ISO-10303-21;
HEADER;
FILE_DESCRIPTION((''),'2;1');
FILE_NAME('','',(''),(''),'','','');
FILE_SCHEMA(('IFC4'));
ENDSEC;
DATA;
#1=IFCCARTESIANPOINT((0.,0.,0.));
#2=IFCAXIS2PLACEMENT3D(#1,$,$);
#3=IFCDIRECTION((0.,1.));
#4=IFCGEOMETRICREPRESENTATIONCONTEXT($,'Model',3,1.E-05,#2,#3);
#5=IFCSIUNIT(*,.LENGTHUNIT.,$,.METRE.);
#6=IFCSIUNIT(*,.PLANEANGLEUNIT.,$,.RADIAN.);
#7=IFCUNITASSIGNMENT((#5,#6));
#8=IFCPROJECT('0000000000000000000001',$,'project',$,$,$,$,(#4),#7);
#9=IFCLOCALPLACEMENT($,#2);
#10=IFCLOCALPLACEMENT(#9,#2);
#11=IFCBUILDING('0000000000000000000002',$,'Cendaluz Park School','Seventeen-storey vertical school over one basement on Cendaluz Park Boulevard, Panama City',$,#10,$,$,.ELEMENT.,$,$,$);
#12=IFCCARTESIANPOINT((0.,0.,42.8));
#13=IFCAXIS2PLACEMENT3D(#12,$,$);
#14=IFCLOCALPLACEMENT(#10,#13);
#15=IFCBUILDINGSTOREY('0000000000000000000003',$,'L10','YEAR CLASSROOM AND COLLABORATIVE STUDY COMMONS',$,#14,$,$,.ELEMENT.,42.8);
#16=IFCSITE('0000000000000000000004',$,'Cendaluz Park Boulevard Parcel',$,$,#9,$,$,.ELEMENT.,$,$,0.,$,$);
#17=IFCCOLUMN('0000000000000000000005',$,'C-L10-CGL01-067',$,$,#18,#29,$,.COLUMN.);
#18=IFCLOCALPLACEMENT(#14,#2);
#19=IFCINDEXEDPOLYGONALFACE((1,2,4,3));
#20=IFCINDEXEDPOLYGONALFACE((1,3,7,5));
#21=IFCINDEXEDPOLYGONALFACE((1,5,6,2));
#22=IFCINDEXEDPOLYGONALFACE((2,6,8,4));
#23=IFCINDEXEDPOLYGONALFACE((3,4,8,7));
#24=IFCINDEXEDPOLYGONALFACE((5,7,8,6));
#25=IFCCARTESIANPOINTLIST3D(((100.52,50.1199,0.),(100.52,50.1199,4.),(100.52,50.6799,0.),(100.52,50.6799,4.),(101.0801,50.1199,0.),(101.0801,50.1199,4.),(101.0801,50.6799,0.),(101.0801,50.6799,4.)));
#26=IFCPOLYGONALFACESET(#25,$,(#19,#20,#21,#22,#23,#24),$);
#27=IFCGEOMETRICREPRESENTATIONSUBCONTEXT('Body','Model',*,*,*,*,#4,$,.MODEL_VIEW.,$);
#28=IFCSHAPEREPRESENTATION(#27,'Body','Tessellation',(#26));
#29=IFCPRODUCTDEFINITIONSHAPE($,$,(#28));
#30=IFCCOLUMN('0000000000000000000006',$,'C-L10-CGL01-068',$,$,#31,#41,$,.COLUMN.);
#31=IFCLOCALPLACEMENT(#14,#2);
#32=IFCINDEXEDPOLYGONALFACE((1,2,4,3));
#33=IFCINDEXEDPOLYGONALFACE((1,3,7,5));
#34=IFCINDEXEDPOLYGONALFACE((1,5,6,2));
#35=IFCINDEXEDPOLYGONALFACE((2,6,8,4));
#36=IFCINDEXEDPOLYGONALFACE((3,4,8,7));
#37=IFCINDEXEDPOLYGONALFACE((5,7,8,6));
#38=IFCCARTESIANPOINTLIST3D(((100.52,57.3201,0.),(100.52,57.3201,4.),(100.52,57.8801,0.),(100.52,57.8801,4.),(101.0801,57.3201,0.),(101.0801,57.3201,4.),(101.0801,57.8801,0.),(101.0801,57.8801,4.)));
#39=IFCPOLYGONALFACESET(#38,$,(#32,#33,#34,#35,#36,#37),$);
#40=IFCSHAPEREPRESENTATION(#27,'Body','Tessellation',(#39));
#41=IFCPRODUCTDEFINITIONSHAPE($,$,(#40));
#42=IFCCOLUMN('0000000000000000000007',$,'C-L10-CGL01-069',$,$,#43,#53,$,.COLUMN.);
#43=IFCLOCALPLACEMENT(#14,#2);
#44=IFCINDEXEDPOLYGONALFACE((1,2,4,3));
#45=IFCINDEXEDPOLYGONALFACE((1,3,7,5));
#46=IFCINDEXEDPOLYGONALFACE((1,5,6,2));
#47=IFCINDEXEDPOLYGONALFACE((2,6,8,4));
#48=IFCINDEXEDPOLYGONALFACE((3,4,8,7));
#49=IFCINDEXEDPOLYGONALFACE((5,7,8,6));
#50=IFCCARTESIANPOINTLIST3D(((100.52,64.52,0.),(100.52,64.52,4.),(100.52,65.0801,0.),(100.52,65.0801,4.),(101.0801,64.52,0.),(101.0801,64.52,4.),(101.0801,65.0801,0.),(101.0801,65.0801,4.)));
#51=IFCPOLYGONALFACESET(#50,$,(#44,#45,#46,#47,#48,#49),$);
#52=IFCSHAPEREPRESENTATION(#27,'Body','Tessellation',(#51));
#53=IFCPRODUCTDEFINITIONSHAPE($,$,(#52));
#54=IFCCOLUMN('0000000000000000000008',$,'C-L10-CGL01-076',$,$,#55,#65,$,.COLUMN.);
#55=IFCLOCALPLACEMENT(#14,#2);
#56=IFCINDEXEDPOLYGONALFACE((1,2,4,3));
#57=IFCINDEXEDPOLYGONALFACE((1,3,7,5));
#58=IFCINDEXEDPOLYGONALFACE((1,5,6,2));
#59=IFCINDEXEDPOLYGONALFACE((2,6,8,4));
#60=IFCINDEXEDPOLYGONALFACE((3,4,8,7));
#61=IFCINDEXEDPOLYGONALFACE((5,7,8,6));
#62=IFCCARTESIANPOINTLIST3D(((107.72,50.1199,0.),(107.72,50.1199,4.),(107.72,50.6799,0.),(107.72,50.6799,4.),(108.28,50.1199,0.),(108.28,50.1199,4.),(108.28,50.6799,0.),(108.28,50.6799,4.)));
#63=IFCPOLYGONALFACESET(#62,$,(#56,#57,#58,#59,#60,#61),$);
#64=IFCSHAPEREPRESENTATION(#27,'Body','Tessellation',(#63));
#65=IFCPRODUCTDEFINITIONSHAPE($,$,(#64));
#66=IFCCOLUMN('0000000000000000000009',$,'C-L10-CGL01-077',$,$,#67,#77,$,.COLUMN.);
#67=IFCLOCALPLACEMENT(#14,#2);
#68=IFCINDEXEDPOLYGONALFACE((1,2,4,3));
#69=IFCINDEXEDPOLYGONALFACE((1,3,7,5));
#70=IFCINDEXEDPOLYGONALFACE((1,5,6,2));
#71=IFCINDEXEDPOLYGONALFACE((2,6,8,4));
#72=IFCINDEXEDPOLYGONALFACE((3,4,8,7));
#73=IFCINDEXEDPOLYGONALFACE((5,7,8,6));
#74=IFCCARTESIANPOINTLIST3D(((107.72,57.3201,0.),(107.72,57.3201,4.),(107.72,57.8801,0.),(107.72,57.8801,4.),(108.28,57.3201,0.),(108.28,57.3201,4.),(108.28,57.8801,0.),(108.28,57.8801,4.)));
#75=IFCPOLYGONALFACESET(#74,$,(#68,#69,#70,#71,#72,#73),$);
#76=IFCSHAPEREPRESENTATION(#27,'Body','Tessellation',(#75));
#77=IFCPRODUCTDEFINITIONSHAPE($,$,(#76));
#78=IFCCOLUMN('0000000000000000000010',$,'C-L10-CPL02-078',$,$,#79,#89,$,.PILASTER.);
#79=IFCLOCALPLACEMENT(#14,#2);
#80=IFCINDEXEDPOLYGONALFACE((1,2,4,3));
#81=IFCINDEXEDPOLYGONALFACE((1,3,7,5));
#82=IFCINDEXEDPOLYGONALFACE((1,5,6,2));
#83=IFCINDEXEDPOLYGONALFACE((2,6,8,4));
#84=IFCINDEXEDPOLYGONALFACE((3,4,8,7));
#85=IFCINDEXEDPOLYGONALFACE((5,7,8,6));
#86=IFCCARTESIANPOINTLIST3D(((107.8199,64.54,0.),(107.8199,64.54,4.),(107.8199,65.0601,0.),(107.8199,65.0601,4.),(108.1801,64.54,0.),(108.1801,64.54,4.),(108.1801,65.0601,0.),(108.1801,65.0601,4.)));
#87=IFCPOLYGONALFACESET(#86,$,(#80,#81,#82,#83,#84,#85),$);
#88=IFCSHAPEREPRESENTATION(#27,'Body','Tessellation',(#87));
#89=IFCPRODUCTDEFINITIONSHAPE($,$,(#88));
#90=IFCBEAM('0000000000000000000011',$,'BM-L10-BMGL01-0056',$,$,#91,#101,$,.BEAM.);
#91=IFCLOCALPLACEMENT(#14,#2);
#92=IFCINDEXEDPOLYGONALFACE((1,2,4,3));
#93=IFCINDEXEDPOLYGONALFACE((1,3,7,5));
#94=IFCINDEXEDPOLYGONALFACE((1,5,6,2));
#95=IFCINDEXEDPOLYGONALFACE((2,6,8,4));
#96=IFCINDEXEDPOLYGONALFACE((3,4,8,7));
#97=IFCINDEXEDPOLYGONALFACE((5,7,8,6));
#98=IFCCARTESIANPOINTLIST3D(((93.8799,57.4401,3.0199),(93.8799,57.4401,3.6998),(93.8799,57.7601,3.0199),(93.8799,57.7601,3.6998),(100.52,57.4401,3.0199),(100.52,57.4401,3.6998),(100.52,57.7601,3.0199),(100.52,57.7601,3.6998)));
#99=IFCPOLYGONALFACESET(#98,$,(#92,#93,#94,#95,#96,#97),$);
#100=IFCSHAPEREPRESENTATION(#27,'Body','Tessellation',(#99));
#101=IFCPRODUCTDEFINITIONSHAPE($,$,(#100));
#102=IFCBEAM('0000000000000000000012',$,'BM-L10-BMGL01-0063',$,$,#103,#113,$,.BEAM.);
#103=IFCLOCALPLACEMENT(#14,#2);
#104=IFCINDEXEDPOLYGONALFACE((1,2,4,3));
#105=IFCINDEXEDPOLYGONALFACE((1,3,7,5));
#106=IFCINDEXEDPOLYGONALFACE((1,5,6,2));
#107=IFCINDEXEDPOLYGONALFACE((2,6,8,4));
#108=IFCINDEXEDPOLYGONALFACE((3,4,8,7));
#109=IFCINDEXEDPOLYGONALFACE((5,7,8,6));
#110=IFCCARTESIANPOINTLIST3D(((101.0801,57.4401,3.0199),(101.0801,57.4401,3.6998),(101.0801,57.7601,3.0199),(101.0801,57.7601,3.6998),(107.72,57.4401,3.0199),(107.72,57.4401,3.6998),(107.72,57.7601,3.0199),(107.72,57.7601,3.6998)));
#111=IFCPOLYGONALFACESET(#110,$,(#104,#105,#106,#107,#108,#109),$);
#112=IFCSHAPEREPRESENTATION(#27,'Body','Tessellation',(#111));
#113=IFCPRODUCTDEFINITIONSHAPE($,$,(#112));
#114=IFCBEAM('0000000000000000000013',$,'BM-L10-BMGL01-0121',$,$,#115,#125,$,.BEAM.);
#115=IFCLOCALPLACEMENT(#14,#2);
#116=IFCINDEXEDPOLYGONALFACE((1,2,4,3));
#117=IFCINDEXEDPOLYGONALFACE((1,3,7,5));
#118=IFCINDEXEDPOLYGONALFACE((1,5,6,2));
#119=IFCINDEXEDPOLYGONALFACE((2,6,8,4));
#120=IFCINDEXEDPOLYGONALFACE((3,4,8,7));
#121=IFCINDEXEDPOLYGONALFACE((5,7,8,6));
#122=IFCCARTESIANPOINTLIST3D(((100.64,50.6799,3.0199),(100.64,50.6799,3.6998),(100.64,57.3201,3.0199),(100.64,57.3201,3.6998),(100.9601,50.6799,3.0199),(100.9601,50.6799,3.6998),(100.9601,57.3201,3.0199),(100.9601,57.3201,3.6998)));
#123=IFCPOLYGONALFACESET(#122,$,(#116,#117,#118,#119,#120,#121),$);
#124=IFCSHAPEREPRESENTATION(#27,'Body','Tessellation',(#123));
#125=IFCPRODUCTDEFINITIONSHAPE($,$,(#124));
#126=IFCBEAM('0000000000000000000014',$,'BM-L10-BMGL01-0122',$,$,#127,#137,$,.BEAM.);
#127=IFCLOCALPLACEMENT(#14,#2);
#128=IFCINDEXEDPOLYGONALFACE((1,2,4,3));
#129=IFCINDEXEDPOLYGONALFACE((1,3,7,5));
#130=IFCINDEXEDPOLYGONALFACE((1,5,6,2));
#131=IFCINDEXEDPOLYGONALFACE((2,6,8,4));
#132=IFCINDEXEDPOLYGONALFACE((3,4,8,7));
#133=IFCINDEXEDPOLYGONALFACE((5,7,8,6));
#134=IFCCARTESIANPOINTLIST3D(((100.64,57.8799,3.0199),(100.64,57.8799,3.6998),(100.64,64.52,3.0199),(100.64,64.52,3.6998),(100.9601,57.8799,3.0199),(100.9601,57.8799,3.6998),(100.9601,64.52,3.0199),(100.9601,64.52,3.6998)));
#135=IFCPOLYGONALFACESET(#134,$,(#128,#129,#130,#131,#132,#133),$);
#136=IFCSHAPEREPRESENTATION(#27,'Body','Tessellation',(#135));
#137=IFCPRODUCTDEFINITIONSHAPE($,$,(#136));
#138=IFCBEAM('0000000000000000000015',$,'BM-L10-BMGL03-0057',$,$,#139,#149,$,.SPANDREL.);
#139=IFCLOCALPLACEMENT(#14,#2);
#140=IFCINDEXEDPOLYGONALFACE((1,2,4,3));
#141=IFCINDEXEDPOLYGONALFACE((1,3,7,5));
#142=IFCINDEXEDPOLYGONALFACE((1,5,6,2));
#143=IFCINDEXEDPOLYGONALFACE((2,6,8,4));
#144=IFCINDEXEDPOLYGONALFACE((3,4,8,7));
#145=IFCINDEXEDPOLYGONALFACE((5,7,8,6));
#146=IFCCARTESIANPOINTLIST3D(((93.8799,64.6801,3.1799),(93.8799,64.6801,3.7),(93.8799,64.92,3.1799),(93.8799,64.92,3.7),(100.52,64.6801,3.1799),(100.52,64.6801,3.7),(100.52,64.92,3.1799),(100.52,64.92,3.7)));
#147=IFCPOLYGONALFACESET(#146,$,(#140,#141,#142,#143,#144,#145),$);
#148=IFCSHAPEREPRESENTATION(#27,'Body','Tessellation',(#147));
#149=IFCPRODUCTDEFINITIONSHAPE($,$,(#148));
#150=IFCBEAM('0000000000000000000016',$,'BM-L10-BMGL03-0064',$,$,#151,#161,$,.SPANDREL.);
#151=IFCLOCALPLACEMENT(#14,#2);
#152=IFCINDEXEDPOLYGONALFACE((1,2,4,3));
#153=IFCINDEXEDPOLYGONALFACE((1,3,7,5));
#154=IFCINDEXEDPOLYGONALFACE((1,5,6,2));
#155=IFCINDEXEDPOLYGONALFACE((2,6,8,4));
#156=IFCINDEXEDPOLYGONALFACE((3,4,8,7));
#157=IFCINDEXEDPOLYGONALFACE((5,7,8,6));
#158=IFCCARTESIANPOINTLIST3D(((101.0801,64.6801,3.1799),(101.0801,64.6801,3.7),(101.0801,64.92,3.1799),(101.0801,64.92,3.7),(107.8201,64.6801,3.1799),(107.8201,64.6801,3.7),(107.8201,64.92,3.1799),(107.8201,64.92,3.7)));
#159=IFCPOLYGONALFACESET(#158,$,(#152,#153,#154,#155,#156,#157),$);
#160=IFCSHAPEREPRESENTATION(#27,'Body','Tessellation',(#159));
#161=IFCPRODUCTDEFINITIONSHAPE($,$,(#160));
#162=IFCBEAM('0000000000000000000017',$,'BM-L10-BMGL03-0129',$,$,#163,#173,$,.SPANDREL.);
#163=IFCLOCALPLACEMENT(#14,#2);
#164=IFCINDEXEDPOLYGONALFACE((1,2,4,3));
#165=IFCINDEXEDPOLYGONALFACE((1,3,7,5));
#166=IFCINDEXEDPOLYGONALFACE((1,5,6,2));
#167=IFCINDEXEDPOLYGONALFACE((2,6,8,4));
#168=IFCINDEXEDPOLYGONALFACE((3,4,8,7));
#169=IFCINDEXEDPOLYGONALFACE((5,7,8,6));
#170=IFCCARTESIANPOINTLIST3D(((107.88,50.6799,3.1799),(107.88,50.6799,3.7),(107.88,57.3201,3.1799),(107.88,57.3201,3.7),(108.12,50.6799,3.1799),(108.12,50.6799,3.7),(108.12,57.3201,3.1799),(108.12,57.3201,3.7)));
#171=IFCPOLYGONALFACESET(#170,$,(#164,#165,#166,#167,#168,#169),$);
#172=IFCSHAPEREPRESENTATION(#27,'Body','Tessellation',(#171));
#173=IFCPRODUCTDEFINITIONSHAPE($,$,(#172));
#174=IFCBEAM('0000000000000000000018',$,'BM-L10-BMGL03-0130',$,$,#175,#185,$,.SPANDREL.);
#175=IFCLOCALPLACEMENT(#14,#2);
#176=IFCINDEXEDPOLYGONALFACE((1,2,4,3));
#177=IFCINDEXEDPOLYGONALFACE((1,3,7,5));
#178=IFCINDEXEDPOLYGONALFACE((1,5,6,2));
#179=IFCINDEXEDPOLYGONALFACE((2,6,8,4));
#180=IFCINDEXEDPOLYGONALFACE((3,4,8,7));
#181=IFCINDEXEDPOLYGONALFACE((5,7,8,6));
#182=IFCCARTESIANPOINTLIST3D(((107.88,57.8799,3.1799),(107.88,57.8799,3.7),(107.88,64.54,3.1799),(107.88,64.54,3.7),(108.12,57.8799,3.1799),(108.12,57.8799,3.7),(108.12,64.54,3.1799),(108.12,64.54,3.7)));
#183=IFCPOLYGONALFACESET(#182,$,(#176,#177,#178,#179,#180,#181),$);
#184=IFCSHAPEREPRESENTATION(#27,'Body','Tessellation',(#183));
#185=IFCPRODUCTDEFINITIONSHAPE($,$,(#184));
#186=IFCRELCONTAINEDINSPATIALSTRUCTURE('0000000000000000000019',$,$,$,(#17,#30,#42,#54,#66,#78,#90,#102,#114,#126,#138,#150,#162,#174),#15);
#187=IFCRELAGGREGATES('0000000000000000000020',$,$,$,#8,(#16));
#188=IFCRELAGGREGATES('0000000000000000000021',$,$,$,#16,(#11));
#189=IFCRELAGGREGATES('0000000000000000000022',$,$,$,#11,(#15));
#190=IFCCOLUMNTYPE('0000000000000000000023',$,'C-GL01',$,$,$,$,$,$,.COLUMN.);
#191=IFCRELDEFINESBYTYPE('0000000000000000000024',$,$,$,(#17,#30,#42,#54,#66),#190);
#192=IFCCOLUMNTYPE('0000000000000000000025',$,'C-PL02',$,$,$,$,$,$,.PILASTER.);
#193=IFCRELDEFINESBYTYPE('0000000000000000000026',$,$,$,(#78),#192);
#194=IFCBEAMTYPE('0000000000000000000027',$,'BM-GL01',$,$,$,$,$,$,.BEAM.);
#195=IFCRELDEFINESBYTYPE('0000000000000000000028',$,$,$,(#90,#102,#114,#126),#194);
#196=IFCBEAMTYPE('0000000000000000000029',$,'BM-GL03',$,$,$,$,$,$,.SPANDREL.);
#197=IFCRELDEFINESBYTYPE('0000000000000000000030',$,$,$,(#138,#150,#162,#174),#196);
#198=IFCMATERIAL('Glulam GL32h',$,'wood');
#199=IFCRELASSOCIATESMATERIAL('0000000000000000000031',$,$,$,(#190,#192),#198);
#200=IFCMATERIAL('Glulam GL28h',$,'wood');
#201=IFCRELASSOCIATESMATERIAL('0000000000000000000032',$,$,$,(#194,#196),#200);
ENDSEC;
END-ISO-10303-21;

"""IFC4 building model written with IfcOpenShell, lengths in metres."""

from ifc_helpers import new_model, si_unit, direction, frame, origin, origin_2d, place, context, subcontext, project, spatial, rectangle, extrude, material, material_profile, profile_set, type_object, element, save


model = new_model("IFC4")

# Units and contexts
model_context = context("Model", 3, precision=1e-05, world=origin(), true_north=direction((0.0, 1.0)))
body_context = subcontext(model_context, "Body", "Model", "MODEL_VIEW")
ifc_project = project(units=[si_unit("LENGTHUNIT", "METRE"), si_unit("PLANEANGLEUNIT", "RADIAN")], contexts=[model_context])

# Site, building, storey
site_placement = place(None, origin())
site = spatial("IfcSite", under=ifc_project, at=site_placement, Name="Cendaluz Park Boulevard Parcel", CompositionType="ELEMENT", RefElevation=0.0)
building_placement = place(site_placement, origin())
building = spatial("IfcBuilding", under=site, at=building_placement, Name="Cendaluz Park School", Description="Seventeen-storey vertical school over one basement on Cendaluz Park Boulevard, Panama City", CompositionType="ELEMENT")
storey_placement = place(building_placement, frame((0.0, 0.0, 42.8)))
storey = spatial("IfcBuildingStorey", under=building, at=storey_placement, Name="L10", Description="YEAR CLASSROOM AND COLLABORATIVE STUDY COMMONS", CompositionType="ELEMENT", Elevation=42.8)

# Columns
ifc_material_1 = material(Name="Glulam GL32h", Category="wood")
ifc_material_profile_1 = material_profile(ifc_material_1, rectangle(XDim=0.5601, YDim=0.5601, at=origin_2d()), Name="GL32h 560x560", Category="wood")
ifc_profile_set_1 = profile_set([ifc_material_profile_1], Name="Glulam GL32h")
column_type_1 = type_object("IfcColumnType", Name="C-GL01", PredefinedType="COLUMN", material=ifc_profile_set_1)
for number, where, z_axis, x_axis, name in (
    (1, (100.8, 50.3999, 0.0), (0.0, 0.0, 1.0), (1.0, 0.0, 0.0), "C-L10-CGL01-067"),
    (2, (100.8, 57.6001, 0.0), (0.0, 0.0, 1.0), (1.0, 0.0, 0.0), "C-L10-CGL01-068"),
    (3, (100.8, 64.8, 0.0), (0.0, 0.0, 1.0), (1.0, 0.0, 0.0), "C-L10-CGL01-069"),
    (4, (108.0, 50.3999, 0.0), (0.0, 0.0, 1.0), (1.0, 0.0, 0.0), "C-L10-CGL01-076"),
    (5, (108.0, 57.6001, 0.0), (0.0, 0.0, 1.0), (1.0, 0.0, 0.0), "C-L10-CGL01-077"),
):
    element("IfcColumn", number, at=place(storey_placement, frame(where, z_axis=z_axis, x_axis=x_axis)), inside=storey, type_object=column_type_1, Name=name, PredefinedType="COLUMN", context=body_context, shape_type="SweptSolid", body=[
        extrude(rectangle(XDim=0.5601, YDim=0.5601, at=origin_2d()), origin(), (0.0, 0.0, 1.0), 4.0),
    ])
ifc_material_profile_2 = material_profile(ifc_material_1, rectangle(XDim=0.3601, YDim=0.52, at=origin_2d()), Name="GL32h 360x520", Category="wood")
ifc_profile_set_2 = profile_set([ifc_material_profile_2], Name="Glulam GL32h")
column_type_2 = type_object("IfcColumnType", Name="C-PL02", PredefinedType="PILASTER", material=ifc_profile_set_2)
column_placement = place(storey_placement, frame((108.0, 64.8, 0.0), z_axis=(0.0, 0.0, 1.0), x_axis=(1.0, 0.0, 0.0)))
element("IfcColumn", 6, at=column_placement, inside=storey, type_object=column_type_2, Name="C-L10-CPL02-078", PredefinedType="PILASTER", context=body_context, shape_type="SweptSolid", body=[
    extrude(rectangle(XDim=0.3601, YDim=0.52, at=origin_2d()), origin(), (0.0, 0.0, 1.0), 4.0),
])

# Beams
ifc_material_2 = material(Name="Glulam GL28h", Category="wood")
ifc_material_profile_3 = material_profile(ifc_material_2, rectangle(XDim=0.3201, YDim=0.6799, at=origin_2d()), Name="GL28h 320x680", Category="wood")
ifc_profile_set_3 = profile_set([ifc_material_profile_3], Name="Glulam GL28h")
beam_type_1 = type_object("IfcBeamType", Name="BM-GL01", PredefinedType="BEAM", material=ifc_profile_set_3)
beam_1_placement = place(storey_placement, frame((93.8799, 57.6001, 3.3599), z_axis=(1.0, 0.0, 0.0), x_axis=(0.0, 1.0, 0.0)))
element("IfcBeam", 7, at=beam_1_placement, inside=storey, type_object=beam_type_1, Name="BM-L10-BMGL01-0056", PredefinedType="BEAM", context=body_context, shape_type="SweptSolid", body=[
    extrude(rectangle(XDim=0.3201, YDim=0.6799, at=origin_2d()), origin(), (0.0, 0.0, 1.0), 6.6401),
])
beam_2_placement = place(storey_placement, frame((101.0801, 57.6001, 3.3599), z_axis=(1.0, 0.0, 0.0), x_axis=(0.0, 1.0, 0.0)))
element("IfcBeam", 8, at=beam_2_placement, inside=storey, type_object=beam_type_1, Name="BM-L10-BMGL01-0063", PredefinedType="BEAM", context=body_context, shape_type="SweptSolid", body=[
    extrude(rectangle(XDim=0.3201, YDim=0.6799, at=origin_2d()), origin(), (0.0, 0.0, 1.0), 6.6399),
])
for number, where, z_axis, x_axis, name in (
    (9, (100.8, 50.6799, 3.3599), (0.0, 1.0, 0.0), (-1.0, 0.0, 0.0), "BM-L10-BMGL01-0121"),
    (10, (100.8, 57.8799, 3.3599), (0.0, 1.0, 0.0), (-1.0, 0.0, 0.0), "BM-L10-BMGL01-0122"),
):
    element("IfcBeam", number, at=place(storey_placement, frame(where, z_axis=z_axis, x_axis=x_axis)), inside=storey, type_object=beam_type_1, Name=name, PredefinedType="BEAM", context=body_context, shape_type="SweptSolid", body=[
        extrude(rectangle(XDim=0.3201, YDim=0.6799, at=origin_2d()), origin(), (0.0, 0.0, 1.0), 6.6401),
    ])
ifc_material_profile_4 = material_profile(ifc_material_2, rectangle(XDim=0.24, YDim=0.52, at=origin_2d()), Name="GL28h 240x520", Category="wood")
ifc_profile_set_4 = profile_set([ifc_material_profile_4], Name="Glulam GL28h")
beam_type_2 = type_object("IfcBeamType", Name="BM-GL03", PredefinedType="SPANDREL", material=ifc_profile_set_4)
beam_3_placement = place(storey_placement, frame((93.8799, 64.8, 3.4399), z_axis=(1.0, 0.0, 0.0), x_axis=(0.0, 1.0, 0.0)))
element("IfcBeam", 11, at=beam_3_placement, inside=storey, type_object=beam_type_2, Name="BM-L10-BMGL03-0057", PredefinedType="SPANDREL", context=body_context, shape_type="SweptSolid", body=[
    extrude(rectangle(XDim=0.24, YDim=0.52, at=origin_2d()), origin(), (0.0, 0.0, 1.0), 6.6401),
])
beam_4_placement = place(storey_placement, frame((101.0801, 64.8, 3.4399), z_axis=(1.0, 0.0, 0.0), x_axis=(0.0, 1.0, 0.0)))
element("IfcBeam", 12, at=beam_4_placement, inside=storey, type_object=beam_type_2, Name="BM-L10-BMGL03-0064", PredefinedType="SPANDREL", context=body_context, shape_type="SweptSolid", body=[
    extrude(rectangle(XDim=0.24, YDim=0.52, at=origin_2d()), origin(), (0.0, 0.0, 1.0), 6.74),
])
beam_5_placement = place(storey_placement, frame((108.0, 50.6799, 3.4399), z_axis=(0.0, 1.0, 0.0), x_axis=(-1.0, 0.0, 0.0)))
element("IfcBeam", 13, at=beam_5_placement, inside=storey, type_object=beam_type_2, Name="BM-L10-BMGL03-0129", PredefinedType="SPANDREL", context=body_context, shape_type="SweptSolid", body=[
    extrude(rectangle(XDim=0.24, YDim=0.52, at=origin_2d()), origin(), (0.0, 0.0, 1.0), 6.6401),
])
beam_6_placement = place(storey_placement, frame((108.0, 57.8799, 3.4399), z_axis=(0.0, 1.0, 0.0), x_axis=(-1.0, 0.0, 0.0)))
element("IfcBeam", 14, at=beam_6_placement, inside=storey, type_object=beam_type_2, Name="BM-L10-BMGL03-0130", PredefinedType="SPANDREL", context=body_context, shape_type="SweptSolid", body=[
    extrude(rectangle(XDim=0.24, YDim=0.52, at=origin_2d()), origin(), (0.0, 0.0, 1.0), 6.6602),
])

save(model, "model.ifc")
